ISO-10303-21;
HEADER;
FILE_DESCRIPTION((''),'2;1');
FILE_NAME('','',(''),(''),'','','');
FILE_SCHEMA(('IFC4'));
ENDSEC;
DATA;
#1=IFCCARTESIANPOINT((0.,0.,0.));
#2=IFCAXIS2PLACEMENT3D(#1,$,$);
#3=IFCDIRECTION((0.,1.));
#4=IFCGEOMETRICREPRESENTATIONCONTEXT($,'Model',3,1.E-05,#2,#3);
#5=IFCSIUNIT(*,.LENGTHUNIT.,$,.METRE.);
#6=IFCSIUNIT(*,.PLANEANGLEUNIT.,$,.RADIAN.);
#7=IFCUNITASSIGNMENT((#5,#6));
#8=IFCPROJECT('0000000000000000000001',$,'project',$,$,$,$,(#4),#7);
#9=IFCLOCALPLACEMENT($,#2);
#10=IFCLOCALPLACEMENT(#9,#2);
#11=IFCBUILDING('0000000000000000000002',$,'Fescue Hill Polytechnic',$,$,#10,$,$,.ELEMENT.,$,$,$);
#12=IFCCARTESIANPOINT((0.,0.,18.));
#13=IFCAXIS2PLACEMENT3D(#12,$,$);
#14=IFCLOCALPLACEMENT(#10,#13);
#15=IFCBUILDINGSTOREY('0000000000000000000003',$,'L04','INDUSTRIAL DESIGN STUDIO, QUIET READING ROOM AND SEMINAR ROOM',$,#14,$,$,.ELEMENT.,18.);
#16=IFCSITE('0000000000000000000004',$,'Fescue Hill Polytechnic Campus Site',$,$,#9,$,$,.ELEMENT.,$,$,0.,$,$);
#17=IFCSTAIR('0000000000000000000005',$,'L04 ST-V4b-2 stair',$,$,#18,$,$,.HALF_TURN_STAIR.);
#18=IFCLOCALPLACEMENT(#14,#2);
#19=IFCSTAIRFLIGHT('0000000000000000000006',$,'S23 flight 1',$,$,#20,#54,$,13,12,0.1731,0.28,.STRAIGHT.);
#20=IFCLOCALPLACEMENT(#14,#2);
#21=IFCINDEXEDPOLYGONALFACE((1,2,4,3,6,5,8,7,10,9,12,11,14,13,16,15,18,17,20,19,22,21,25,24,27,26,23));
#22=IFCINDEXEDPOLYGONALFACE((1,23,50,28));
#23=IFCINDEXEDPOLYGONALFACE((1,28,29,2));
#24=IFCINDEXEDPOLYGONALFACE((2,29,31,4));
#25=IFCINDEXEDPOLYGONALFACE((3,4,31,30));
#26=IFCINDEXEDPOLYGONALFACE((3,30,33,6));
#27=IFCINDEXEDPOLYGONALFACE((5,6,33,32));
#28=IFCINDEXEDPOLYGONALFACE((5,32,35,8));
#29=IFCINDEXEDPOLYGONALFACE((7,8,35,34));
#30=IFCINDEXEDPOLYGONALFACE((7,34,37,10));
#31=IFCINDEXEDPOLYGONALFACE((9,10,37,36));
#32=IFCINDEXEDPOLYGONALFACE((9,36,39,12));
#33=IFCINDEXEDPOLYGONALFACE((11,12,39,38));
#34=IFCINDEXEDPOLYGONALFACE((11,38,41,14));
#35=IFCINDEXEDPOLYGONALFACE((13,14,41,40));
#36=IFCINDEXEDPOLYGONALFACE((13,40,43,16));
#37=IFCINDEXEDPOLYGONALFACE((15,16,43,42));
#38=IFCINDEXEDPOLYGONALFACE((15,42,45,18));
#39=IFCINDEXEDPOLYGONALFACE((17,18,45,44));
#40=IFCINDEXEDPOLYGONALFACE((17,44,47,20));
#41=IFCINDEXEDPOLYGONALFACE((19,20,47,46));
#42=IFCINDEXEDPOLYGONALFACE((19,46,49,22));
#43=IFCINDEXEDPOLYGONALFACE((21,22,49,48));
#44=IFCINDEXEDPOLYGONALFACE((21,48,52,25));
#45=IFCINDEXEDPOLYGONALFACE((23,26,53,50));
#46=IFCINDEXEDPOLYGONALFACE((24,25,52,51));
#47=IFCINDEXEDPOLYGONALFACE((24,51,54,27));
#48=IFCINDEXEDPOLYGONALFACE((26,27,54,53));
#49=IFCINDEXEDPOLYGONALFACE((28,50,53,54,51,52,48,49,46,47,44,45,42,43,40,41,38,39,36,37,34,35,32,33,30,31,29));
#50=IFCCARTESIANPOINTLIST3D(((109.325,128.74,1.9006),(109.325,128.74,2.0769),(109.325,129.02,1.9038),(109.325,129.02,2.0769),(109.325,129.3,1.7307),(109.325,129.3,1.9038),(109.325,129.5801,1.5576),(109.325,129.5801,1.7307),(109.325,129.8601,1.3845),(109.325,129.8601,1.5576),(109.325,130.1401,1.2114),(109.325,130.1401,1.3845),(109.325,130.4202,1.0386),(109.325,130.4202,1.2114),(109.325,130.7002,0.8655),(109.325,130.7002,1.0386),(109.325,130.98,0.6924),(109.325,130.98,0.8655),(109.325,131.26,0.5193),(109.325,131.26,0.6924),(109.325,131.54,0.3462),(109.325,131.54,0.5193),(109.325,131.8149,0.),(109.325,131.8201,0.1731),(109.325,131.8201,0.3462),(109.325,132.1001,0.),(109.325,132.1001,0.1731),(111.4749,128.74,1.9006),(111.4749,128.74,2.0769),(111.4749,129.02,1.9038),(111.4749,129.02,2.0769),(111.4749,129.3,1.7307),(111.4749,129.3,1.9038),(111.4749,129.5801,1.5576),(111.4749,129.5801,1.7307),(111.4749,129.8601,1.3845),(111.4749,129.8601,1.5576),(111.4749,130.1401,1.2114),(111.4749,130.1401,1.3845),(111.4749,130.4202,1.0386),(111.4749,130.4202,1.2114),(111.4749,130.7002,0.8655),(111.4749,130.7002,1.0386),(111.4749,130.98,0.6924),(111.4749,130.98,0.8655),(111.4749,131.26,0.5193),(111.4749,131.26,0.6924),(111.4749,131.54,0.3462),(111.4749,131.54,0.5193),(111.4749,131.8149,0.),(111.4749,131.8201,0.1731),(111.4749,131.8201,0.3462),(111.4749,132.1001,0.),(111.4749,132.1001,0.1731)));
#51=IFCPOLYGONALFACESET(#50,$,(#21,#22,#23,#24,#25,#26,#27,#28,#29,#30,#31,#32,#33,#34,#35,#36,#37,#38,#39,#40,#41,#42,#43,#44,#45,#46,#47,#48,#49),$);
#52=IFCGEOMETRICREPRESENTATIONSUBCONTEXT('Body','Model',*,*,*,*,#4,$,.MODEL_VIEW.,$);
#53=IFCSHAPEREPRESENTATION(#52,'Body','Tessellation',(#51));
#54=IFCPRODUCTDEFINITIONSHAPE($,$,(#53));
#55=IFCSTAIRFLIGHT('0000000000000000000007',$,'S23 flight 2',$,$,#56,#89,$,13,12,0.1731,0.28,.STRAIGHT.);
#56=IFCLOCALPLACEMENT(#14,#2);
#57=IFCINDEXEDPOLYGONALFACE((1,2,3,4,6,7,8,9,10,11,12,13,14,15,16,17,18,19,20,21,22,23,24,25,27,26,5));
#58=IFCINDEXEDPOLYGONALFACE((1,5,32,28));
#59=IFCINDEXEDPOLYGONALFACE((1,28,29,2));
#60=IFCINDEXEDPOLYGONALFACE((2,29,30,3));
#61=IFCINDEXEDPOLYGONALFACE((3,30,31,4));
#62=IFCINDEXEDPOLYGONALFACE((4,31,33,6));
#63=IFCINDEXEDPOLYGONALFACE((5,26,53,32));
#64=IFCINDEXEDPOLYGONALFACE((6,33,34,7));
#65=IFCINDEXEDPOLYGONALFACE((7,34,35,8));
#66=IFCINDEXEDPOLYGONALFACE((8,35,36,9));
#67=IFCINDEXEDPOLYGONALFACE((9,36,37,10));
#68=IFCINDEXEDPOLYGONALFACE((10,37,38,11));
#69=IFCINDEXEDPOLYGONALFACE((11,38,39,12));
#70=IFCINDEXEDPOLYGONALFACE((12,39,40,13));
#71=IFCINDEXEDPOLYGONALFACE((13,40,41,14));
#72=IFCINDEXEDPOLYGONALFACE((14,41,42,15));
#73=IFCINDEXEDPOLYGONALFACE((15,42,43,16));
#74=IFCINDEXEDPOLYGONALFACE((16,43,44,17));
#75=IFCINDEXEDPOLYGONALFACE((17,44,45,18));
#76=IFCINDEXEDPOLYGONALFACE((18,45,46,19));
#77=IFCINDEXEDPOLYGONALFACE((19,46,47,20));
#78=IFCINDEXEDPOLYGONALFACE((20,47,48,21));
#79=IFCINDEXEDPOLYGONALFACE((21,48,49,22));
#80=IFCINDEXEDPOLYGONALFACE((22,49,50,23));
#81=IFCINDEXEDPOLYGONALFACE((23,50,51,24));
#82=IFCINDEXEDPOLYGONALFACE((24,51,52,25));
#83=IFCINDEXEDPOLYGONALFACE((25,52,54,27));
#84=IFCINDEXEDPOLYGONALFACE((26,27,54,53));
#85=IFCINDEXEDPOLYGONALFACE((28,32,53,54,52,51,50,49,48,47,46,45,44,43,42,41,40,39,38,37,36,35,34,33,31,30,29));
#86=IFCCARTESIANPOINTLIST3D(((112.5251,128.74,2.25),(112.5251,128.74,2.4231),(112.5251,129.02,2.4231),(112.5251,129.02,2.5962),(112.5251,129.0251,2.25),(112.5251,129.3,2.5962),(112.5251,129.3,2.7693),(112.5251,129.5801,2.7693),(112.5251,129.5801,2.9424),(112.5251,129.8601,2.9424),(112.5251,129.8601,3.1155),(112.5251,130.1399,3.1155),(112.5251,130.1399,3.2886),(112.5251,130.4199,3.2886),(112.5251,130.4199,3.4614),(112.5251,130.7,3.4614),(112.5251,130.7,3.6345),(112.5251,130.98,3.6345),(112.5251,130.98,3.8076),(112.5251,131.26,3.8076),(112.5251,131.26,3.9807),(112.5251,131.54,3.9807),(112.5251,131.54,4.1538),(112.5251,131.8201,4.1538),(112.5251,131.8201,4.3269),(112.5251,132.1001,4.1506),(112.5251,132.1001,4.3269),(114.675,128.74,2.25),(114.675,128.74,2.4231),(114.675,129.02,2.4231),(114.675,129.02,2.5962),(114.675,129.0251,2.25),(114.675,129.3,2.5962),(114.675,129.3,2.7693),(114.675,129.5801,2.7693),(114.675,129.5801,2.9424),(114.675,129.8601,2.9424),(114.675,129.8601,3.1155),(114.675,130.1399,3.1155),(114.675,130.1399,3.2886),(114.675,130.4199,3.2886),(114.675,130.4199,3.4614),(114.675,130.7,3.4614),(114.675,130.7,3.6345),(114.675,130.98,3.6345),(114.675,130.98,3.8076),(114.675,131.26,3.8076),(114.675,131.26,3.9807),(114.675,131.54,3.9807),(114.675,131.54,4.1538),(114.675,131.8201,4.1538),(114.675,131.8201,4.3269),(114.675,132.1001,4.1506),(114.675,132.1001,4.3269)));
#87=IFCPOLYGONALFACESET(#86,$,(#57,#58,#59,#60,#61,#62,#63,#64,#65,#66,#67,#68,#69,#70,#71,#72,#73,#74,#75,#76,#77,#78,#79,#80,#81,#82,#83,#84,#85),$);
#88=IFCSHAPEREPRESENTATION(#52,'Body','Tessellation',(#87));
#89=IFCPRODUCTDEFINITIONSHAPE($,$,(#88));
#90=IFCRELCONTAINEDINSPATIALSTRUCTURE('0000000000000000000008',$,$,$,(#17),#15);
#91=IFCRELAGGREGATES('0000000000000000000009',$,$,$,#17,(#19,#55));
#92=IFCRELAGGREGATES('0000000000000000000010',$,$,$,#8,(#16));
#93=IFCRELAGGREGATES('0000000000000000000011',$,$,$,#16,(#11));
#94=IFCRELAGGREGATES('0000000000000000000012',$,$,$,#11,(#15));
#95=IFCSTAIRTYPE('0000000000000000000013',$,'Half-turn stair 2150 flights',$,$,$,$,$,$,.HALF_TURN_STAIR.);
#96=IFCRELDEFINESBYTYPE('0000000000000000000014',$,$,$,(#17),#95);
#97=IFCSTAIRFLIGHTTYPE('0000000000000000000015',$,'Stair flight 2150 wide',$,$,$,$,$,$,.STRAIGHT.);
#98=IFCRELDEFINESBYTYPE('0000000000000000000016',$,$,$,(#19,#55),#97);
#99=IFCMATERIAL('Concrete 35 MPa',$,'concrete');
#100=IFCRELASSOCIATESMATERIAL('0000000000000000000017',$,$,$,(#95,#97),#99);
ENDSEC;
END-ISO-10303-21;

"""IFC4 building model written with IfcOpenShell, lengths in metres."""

from ifc_helpers import new_model, si_unit, direction, frame, origin, place, context, subcontext, project, spatial, polyline, outline, extrude, material, type_object, element, aggregate, save


model = new_model("IFC4")

# Units and contexts
model_context = context("Model", 3, precision=1e-05, world=origin(), true_north=direction((0.0, 1.0)))
body_context = subcontext(model_context, "Body", "Model", "MODEL_VIEW")
ifc_project = project(units=[si_unit("LENGTHUNIT", "METRE"), si_unit("PLANEANGLEUNIT", "RADIAN")], contexts=[model_context])

# Site, building, storey
site_placement = place(None, origin())
site = spatial("IfcSite", under=ifc_project, at=site_placement, Name="Fescue Hill Polytechnic Campus Site", CompositionType="ELEMENT", RefElevation=0.0)
building_placement = place(site_placement, origin())
building = spatial("IfcBuilding", under=site, at=building_placement, Name="Fescue Hill Polytechnic", CompositionType="ELEMENT")
storey_placement = place(building_placement, frame((0.0, 0.0, 18.0)))
storey = spatial("IfcBuildingStorey", under=building, at=storey_placement, Name="L04", Description="INDUSTRIAL DESIGN STUDIO, QUIET READING ROOM AND SEMINAR ROOM", CompositionType="ELEMENT", Elevation=18.0)

# Shared definitions
ifc_material_1 = material(Name="Concrete 35 MPa", Category="concrete")

# Stair, stair flights
stair_type = type_object("IfcStairType", Name="Half-turn stair 2150 flights", PredefinedType="HALF_TURN_STAIR", material=ifc_material_1)
stair_placement = place(storey_placement, origin())
stair = element("IfcStair", 1, at=stair_placement, inside=storey, type_object=stair_type, Name="L04 ST-V4b-2 stair", PredefinedType="HALF_TURN_STAIR")
stair_flight_type = type_object("IfcStairFlightType", Name="Stair flight 2150 wide", PredefinedType="STRAIGHT", material=ifc_material_1)
stair_flight_1_placement = place(storey_placement, frame((110.3999, 132.1001, 0.0), z_axis=(0.0, 0.0, 1.0), x_axis=(0.0, -1.0, 0.0)))
stair_flight_1 = element("IfcStairFlight", 2, at=stair_flight_1_placement, type_object=stair_flight_type, Name="S23 flight 1", NumberOfRisers=13, NumberOfTreads=12, PredefinedType="STRAIGHT", RiserHeight=0.1731, TreadLength=0.28, context=body_context, shape_type="SweptSolid", body=[
    extrude(outline(polyline([(0.0, 0.0), (0.0, 0.1731), (0.28, 0.1731), (0.28, 0.3462), (0.5601, 0.3462), (0.5601, 0.5193), (0.8401, 0.5193), (0.8401, 0.6924), (1.1201, 0.6924), (1.1201, 0.8655), (1.3999, 0.8655), (1.3999, 1.0386), (1.6799, 1.0386), (1.6799, 1.2114), (1.96, 1.2114), (1.96, 1.3845), (2.24, 1.3845), (2.24, 1.5576), (2.52, 1.5576), (2.52, 1.7307), (2.8, 1.7307), (2.8, 1.9038), (3.0801, 1.9038), (3.0801, 2.0769), (3.3601, 2.0769), (3.3601, 2.25), (3.3601, 1.9006), (0.2852, 0.0), (0.0, 0.0)])), frame((0.0, 1.075, 0.0), z_axis=(0.0, -1.0, 0.0), x_axis=(1.0, 0.0, 0.0)), (0.0, 0.0, 1.0), 2.1499),
])
stair_flight_2_placement = place(storey_placement, frame((113.6001, 128.74, 2.25), z_axis=(0.0, 0.0, 1.0), x_axis=(0.0, 1.0, 0.0)))
stair_flight_2 = element("IfcStairFlight", 3, at=stair_flight_2_placement, type_object=stair_flight_type, Name="S23 flight 2", NumberOfRisers=13, NumberOfTreads=12, PredefinedType="STRAIGHT", RiserHeight=0.1731, TreadLength=0.28, context=body_context, shape_type="SweptSolid", body=[
    extrude(outline(polyline([(0.0, 0.0), (0.0, 0.1731), (0.28, 0.1731), (0.28, 0.3462), (0.5601, 0.3462), (0.5601, 0.5193), (0.8401, 0.5193), (0.8401, 0.6924), (1.1201, 0.6924), (1.1201, 0.8655), (1.3999, 0.8655), (1.3999, 1.0386), (1.6799, 1.0386), (1.6799, 1.2114), (1.96, 1.2114), (1.96, 1.3845), (2.24, 1.3845), (2.24, 1.5576), (2.52, 1.5576), (2.52, 1.7307), (2.8, 1.7307), (2.8, 1.9038), (3.0801, 1.9038), (3.0801, 2.0769), (3.3601, 2.0769), (3.3601, 2.25), (3.3601, 1.9006), (0.2852, 0.0), (0.0, 0.0)])), frame((0.0, 1.075, 0.0), z_axis=(0.0, -1.0, 0.0), x_axis=(1.0, 0.0, 0.0)), (0.0, 0.0, 1.0), 2.1499),
])
aggregate(stair, [stair_flight_1, stair_flight_2])

save(model, "model.ifc")
